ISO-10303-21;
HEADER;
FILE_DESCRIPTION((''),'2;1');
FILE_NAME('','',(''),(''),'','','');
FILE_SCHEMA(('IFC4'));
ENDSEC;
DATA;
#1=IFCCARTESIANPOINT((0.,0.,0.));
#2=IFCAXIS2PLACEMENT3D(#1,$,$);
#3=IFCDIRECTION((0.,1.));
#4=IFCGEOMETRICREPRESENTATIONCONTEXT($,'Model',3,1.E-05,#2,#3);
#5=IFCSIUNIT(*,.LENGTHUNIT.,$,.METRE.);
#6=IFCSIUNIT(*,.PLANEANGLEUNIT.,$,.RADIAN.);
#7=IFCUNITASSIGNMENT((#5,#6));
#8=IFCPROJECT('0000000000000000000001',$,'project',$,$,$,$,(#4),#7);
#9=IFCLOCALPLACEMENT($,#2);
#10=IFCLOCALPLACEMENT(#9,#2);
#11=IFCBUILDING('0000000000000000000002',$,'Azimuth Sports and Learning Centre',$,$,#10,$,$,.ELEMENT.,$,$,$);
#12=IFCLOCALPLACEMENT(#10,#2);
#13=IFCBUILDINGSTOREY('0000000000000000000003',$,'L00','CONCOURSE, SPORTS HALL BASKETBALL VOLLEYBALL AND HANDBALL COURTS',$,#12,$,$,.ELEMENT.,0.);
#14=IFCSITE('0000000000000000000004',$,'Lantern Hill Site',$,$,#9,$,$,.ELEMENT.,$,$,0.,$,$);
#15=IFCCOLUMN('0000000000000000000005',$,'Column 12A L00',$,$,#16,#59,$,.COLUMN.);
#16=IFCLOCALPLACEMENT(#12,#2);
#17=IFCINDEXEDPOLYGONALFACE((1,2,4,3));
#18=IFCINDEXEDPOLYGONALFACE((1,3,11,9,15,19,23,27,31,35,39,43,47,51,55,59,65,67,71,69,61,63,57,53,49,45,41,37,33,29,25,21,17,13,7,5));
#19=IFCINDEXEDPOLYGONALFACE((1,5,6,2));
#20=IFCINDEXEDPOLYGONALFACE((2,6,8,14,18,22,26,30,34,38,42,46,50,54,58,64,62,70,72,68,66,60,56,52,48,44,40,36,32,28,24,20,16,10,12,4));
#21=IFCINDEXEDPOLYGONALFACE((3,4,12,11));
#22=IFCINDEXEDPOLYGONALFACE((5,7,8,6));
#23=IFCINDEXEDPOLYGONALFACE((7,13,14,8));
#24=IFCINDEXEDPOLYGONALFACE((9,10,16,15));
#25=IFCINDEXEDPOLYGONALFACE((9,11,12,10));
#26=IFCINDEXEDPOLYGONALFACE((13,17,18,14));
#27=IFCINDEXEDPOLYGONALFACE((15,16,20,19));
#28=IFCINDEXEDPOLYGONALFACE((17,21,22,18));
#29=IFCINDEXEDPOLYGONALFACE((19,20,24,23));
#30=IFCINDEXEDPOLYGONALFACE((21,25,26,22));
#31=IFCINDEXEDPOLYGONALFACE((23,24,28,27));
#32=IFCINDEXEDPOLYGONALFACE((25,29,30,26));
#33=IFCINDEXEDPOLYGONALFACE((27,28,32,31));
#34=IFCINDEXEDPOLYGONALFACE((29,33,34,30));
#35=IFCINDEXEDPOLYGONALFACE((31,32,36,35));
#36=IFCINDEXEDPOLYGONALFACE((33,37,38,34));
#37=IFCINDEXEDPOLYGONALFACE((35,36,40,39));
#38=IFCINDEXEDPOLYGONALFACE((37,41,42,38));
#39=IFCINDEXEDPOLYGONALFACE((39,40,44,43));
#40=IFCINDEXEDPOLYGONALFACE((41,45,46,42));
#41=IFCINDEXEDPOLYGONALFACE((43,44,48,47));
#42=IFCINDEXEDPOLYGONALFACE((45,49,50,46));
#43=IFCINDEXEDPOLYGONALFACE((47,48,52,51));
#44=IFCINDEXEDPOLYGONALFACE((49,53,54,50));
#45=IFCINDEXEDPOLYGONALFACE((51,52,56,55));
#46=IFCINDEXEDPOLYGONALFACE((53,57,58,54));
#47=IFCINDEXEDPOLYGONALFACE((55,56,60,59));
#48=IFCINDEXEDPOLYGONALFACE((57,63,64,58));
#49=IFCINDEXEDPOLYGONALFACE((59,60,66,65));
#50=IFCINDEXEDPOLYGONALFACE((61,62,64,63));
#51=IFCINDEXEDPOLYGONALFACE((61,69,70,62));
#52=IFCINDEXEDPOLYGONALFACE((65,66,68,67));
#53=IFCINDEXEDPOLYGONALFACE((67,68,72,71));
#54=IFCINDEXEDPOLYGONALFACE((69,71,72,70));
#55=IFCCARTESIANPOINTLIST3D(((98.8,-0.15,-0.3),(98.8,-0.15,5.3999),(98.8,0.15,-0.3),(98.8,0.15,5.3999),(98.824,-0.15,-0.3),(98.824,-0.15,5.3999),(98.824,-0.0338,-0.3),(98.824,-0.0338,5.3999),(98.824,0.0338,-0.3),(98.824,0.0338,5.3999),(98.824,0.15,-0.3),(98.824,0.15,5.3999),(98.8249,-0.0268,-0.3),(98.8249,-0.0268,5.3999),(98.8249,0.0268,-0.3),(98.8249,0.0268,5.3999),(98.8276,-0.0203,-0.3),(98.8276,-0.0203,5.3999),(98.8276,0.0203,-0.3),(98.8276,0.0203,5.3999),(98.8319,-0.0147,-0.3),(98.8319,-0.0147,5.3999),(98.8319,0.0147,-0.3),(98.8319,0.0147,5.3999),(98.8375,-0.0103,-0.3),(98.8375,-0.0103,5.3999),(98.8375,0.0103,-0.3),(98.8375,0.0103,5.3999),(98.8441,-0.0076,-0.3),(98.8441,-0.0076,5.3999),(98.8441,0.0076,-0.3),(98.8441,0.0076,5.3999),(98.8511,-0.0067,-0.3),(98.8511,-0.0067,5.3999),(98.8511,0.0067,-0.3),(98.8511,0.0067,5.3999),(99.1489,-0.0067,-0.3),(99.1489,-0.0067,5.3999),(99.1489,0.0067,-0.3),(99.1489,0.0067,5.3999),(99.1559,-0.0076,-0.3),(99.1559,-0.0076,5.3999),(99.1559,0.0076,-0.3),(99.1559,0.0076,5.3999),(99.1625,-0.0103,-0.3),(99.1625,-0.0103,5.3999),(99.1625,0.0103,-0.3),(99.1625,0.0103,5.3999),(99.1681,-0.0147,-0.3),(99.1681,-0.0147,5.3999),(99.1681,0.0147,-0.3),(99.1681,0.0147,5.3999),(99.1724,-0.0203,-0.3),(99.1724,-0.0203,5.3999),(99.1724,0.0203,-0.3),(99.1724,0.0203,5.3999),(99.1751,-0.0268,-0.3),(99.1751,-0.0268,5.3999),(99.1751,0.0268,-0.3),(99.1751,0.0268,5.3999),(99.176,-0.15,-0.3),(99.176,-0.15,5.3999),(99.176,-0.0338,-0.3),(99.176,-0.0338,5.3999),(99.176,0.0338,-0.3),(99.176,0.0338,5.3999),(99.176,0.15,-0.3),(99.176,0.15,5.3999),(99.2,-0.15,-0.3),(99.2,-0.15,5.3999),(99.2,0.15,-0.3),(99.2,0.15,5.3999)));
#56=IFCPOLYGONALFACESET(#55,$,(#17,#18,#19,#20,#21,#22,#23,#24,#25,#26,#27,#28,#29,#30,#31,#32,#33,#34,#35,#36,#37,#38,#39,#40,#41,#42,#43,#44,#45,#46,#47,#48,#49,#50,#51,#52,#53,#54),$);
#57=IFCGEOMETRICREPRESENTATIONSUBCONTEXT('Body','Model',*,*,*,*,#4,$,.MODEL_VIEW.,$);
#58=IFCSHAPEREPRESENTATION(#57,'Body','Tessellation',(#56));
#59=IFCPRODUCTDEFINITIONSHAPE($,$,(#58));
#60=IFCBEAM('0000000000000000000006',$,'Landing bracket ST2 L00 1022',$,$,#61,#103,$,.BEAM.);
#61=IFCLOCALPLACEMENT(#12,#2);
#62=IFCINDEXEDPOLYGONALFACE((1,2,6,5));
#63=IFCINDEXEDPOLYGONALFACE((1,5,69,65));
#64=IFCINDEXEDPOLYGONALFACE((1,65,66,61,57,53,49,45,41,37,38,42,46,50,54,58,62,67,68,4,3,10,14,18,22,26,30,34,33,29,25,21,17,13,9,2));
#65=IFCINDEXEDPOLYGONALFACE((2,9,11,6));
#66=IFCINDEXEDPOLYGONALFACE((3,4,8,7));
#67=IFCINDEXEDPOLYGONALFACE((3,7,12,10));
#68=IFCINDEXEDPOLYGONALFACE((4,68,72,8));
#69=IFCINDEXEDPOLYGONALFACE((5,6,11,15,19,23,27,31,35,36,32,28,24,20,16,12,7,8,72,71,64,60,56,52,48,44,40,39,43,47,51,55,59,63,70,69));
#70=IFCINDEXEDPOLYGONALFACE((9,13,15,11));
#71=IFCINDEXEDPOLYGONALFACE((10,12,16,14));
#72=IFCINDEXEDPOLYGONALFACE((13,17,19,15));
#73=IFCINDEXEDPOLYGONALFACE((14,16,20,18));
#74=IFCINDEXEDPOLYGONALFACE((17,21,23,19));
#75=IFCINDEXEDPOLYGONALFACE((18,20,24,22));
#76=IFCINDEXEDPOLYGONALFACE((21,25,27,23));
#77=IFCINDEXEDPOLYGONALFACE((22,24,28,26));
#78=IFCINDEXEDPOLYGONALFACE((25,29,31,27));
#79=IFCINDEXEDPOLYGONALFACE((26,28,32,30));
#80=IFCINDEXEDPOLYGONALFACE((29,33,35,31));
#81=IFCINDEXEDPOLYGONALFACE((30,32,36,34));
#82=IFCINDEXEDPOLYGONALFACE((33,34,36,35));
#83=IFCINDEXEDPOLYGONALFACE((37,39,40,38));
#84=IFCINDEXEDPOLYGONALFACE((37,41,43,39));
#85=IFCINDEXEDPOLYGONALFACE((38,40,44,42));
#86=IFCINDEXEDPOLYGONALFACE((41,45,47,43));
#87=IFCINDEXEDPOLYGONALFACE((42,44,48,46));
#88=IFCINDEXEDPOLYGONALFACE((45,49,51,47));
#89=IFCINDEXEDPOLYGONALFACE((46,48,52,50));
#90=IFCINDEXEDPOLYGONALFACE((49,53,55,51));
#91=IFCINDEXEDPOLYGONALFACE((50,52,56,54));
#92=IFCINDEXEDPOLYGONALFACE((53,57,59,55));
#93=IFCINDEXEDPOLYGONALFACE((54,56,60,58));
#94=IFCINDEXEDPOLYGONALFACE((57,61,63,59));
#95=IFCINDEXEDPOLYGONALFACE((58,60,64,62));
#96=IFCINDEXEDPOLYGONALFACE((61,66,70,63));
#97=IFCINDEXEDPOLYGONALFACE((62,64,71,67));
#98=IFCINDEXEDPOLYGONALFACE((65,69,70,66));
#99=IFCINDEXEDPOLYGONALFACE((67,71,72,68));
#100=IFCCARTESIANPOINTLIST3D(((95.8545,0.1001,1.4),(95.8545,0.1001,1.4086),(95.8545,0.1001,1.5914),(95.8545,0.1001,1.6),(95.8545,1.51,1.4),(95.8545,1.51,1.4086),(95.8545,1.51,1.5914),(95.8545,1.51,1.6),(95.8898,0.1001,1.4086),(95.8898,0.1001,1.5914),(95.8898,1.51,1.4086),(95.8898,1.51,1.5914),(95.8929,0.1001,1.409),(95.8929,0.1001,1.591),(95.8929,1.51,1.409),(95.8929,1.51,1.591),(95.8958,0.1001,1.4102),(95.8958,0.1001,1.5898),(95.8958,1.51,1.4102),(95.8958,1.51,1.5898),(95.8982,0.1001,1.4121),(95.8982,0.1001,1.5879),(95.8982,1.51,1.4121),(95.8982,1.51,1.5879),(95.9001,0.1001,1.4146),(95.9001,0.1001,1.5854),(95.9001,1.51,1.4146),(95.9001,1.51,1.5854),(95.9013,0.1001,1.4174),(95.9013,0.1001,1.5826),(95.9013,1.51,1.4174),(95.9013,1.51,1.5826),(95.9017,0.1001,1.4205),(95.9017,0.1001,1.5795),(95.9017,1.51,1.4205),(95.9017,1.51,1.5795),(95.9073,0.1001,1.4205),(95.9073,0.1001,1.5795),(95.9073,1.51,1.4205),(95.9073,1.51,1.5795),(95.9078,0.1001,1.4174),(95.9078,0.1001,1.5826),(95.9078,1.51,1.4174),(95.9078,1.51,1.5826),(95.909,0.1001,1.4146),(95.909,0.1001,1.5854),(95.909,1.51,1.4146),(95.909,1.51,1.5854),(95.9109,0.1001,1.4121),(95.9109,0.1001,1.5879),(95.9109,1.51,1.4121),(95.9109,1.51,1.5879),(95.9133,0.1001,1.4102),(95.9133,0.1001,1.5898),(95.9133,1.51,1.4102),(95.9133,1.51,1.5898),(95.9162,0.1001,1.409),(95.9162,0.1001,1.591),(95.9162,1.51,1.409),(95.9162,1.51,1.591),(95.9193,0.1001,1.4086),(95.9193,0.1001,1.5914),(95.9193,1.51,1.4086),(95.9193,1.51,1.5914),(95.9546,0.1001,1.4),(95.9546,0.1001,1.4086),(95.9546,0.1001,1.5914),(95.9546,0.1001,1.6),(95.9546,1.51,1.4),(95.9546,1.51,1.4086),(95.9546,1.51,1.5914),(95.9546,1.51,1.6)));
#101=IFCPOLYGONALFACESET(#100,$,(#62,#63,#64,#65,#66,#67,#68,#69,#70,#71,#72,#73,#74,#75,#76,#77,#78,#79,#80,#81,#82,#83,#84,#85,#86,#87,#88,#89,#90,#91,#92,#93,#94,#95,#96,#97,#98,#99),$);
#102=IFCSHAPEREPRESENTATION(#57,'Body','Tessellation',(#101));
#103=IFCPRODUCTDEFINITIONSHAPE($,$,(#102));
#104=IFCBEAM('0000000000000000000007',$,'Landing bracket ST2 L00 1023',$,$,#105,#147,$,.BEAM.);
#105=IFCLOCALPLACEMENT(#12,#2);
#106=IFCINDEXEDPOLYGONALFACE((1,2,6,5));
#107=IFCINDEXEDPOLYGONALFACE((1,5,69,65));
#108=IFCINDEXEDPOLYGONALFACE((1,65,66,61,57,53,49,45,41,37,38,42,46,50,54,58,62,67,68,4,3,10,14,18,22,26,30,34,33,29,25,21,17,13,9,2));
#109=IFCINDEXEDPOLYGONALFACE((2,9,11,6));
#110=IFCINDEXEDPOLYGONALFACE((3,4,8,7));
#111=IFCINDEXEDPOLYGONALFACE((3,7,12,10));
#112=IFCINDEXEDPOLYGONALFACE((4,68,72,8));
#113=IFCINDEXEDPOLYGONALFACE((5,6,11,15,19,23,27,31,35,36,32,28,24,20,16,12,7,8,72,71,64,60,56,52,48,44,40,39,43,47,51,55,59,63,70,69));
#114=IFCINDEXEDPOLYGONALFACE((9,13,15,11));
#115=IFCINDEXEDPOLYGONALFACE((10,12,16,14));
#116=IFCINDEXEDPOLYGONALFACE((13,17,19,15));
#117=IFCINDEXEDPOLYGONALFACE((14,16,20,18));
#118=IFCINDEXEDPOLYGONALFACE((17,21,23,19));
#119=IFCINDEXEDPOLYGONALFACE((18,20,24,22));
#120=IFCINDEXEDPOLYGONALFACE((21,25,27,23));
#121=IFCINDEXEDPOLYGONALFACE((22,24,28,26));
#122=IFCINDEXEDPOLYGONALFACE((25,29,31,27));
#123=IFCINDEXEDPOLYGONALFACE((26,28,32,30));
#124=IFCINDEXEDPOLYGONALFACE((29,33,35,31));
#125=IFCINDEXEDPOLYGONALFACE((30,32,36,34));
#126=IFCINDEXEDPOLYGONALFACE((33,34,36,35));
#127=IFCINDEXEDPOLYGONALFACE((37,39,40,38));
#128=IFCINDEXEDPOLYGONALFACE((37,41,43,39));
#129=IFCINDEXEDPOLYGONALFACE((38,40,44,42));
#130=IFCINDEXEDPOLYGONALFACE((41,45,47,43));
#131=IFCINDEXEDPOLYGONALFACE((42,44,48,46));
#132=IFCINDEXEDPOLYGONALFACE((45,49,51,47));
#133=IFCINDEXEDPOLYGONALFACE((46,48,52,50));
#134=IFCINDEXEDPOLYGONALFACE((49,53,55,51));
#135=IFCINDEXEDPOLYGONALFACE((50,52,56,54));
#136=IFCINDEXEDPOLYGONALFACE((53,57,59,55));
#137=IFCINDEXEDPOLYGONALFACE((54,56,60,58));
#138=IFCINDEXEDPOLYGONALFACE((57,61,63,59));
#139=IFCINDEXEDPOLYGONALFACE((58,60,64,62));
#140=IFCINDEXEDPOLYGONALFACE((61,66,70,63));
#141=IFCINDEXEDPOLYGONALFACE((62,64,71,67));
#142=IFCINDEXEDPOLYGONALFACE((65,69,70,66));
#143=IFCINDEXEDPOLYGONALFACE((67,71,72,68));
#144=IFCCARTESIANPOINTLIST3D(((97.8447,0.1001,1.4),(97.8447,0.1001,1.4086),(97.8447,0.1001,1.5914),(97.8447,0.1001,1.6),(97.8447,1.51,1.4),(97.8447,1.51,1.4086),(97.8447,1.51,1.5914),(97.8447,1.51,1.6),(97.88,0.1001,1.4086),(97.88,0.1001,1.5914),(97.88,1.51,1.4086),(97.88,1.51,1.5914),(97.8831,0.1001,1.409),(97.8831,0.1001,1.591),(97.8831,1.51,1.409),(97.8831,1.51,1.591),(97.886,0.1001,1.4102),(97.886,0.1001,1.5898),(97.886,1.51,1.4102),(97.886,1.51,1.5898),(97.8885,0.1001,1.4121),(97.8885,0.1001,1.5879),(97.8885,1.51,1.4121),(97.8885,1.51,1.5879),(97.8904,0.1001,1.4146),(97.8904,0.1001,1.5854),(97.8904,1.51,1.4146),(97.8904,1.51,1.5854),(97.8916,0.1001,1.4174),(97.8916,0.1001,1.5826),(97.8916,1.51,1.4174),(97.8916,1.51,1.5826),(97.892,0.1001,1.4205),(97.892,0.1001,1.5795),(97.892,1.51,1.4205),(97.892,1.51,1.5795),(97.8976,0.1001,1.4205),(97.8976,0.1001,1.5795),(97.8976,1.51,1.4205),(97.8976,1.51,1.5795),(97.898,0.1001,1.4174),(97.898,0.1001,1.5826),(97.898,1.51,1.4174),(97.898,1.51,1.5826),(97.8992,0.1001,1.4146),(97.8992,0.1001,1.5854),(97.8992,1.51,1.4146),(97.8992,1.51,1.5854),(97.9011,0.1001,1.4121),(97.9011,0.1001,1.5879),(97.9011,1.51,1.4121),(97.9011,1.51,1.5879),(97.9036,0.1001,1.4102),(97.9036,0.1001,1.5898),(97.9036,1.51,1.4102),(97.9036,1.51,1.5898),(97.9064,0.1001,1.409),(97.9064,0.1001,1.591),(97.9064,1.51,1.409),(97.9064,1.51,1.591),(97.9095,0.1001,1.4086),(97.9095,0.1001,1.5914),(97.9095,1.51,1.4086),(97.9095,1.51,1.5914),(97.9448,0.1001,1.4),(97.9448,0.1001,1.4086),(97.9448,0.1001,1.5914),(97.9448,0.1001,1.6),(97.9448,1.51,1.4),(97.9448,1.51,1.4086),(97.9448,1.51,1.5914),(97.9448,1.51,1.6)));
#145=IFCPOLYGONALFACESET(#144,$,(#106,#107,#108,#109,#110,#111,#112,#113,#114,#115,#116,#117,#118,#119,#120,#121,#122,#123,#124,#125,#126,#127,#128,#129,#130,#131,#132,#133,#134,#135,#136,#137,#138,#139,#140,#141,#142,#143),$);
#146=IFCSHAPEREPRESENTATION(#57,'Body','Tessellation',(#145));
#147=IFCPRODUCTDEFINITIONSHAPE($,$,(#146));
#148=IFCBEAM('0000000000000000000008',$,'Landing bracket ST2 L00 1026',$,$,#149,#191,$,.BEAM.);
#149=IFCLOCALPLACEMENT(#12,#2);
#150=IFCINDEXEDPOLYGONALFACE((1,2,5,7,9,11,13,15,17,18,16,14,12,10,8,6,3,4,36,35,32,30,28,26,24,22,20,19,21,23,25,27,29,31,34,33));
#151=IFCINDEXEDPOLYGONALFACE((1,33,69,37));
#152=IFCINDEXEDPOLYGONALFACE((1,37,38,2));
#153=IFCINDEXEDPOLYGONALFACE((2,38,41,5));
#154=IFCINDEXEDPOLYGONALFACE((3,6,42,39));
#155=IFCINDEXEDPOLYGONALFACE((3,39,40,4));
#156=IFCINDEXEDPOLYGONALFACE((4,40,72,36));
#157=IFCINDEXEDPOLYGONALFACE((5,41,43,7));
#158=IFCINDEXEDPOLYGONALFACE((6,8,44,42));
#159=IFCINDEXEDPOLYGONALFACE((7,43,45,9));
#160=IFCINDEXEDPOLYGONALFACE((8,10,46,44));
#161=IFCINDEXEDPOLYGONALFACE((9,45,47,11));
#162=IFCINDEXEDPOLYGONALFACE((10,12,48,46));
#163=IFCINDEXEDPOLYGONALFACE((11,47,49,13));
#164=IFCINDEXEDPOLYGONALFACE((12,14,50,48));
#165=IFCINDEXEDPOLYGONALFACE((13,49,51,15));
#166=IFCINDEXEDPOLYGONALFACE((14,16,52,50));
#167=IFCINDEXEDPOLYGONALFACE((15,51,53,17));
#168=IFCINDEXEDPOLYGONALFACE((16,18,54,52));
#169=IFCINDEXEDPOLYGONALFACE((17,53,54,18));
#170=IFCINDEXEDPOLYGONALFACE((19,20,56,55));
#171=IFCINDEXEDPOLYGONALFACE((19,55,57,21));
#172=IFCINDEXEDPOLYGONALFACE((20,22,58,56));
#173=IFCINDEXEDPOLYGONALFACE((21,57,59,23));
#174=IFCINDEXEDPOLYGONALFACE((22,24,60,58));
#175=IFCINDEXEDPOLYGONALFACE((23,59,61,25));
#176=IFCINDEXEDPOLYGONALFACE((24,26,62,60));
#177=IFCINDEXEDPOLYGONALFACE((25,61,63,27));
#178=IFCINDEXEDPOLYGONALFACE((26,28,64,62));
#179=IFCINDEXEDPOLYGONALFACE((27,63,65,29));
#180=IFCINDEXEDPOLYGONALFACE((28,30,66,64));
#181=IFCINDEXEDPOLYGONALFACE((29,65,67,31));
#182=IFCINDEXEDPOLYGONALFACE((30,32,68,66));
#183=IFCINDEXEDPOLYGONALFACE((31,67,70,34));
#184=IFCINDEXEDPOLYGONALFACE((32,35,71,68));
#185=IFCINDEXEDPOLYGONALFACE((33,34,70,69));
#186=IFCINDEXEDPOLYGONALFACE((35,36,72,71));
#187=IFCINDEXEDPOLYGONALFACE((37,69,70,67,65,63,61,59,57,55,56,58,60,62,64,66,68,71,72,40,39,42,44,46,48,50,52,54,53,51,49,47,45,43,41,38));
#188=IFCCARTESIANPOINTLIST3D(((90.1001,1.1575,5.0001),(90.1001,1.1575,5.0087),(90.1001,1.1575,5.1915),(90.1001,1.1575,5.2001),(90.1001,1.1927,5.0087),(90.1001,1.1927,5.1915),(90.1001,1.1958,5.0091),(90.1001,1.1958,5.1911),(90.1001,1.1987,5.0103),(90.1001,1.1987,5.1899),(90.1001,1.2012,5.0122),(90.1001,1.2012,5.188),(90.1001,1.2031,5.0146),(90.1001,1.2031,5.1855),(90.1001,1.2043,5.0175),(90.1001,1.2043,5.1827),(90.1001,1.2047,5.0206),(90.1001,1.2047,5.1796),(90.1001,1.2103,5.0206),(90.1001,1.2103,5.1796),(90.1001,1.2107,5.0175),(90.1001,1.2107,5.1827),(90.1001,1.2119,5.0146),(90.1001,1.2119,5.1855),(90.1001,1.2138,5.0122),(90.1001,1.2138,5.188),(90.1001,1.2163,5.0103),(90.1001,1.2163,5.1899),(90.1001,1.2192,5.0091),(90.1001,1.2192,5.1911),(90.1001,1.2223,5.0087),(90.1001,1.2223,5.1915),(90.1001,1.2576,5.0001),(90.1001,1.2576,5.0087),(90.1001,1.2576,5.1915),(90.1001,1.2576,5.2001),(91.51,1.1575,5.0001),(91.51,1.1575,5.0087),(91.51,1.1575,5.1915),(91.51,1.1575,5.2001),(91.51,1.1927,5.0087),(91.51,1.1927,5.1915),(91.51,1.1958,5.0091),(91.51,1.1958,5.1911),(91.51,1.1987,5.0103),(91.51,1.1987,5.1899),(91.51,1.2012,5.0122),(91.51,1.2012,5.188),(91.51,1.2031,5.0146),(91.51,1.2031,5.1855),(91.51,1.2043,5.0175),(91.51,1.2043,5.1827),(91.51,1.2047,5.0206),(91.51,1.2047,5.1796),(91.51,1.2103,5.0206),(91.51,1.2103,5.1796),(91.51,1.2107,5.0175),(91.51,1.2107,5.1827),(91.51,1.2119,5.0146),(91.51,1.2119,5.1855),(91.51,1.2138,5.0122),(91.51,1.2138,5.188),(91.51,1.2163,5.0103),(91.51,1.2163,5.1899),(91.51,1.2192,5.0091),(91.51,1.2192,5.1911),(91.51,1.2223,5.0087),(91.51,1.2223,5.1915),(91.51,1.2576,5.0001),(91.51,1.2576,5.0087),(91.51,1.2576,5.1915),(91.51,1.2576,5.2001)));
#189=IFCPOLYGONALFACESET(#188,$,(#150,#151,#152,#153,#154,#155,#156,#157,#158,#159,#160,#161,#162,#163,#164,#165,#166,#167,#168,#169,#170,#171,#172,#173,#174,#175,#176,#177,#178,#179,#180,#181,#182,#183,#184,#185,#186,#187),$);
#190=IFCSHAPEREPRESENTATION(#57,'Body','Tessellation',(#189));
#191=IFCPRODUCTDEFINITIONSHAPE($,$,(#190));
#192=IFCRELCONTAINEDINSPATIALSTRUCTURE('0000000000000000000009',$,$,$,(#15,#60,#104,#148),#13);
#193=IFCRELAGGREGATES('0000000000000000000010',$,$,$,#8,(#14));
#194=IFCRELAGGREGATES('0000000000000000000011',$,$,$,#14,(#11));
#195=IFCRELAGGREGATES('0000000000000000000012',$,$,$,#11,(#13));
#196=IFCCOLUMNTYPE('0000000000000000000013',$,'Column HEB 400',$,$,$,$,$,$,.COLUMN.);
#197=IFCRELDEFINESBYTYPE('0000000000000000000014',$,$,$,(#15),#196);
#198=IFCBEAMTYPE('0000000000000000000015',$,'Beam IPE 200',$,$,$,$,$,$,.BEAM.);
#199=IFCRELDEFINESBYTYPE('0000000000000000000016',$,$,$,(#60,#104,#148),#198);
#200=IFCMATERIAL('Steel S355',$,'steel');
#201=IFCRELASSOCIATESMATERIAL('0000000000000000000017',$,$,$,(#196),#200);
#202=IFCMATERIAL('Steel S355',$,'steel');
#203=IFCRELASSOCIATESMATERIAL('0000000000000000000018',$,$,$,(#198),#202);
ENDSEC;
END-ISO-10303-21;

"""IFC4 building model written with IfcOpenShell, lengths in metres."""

from ifc_helpers import new_model, si_unit, direction, frame, origin, origin_2d, place, context, subcontext, project, spatial, i_section, extrude, material, material_profile, profile_set, type_object, element, save


model = new_model("IFC4")

# Units and contexts
model_context = context("Model", 3, precision=1e-05, world=origin(), true_north=direction((0.0, 1.0)))
body_context = subcontext(model_context, "Body", "Model", "MODEL_VIEW")
ifc_project = project(units=[si_unit("LENGTHUNIT", "METRE"), si_unit("PLANEANGLEUNIT", "RADIAN")], contexts=[model_context])

# Site, building, storey
site_placement = place(None, origin())
site = spatial("IfcSite", under=ifc_project, at=site_placement, Name="Lantern Hill Site", CompositionType="ELEMENT", RefElevation=0.0)
building_placement = place(site_placement, origin())
building = spatial("IfcBuilding", under=site, at=building_placement, Name="Azimuth Sports and Learning Centre", CompositionType="ELEMENT")
storey_placement = place(building_placement, origin())
storey = spatial("IfcBuildingStorey", under=building, at=storey_placement, Name="L00", Description="CONCOURSE, SPORTS HALL BASKETBALL VOLLEYBALL AND HANDBALL COURTS", CompositionType="ELEMENT", Elevation=0.0)

# Column
ifc_material_1 = material(Name="Steel S355", Category="steel")
ifc_material_profile_1 = material_profile(ifc_material_1, i_section(OverallWidth=0.3, OverallDepth=0.3999, WebThickness=0.0134, FlangeThickness=0.0239, FilletRadius=0.0271, at=origin_2d()), Name="HEB 400")
ifc_profile_set_1 = profile_set([ifc_material_profile_1], Name="Steel S355")
column_type = type_object("IfcColumnType", Name="Column HEB 400", PredefinedType="COLUMN", material=ifc_profile_set_1)
for number, where, z_axis, x_axis, name in (
    (1, (99.0, 0.0, -0.3), (0.0, 0.0, 1.0), (0.0, 1.0, 0.0), "Column 12A L00"),
):
    element("IfcColumn", number, at=place(storey_placement, frame(where, z_axis=z_axis, x_axis=x_axis)), inside=storey, type_object=column_type, Name=name, PredefinedType="COLUMN", context=body_context, shape_type="SweptSolid", body=[
        extrude(i_section(OverallWidth=0.3, OverallDepth=0.3999, WebThickness=0.0134, FlangeThickness=0.0239, FilletRadius=0.0271, at=origin_2d()), origin(), (0.0, 0.0, 1.0), 5.7),
    ])

# Beams
ifc_material_2 = material(Name="Steel S355", Category="steel")
ifc_material_profile_2 = material_profile(ifc_material_2, i_section(OverallWidth=0.1001, OverallDepth=0.2, WebThickness=0.0056, FlangeThickness=0.0085, FilletRadius=0.012, at=origin_2d()), Name="IPE 200")
ifc_profile_set_2 = profile_set([ifc_material_profile_2], Name="Steel S355")
beam_type = type_object("IfcBeamType", Name="Beam IPE 200", PredefinedType="BEAM", material=ifc_profile_set_2)
for number, where, z_axis, x_axis, name in (
    (2, (95.9045, 0.1001, 1.5), (0.0, 1.0, 0.0), (-1.0, 0.0, 0.0), "Landing bracket ST2 L00 1022"),
    (3, (97.8948, 0.1001, 1.5), (0.0, 1.0, 0.0), (-1.0, 0.0, 0.0), "Landing bracket ST2 L00 1023"),
    (4, (90.1001, 1.2075, 5.1001), (1.0, 0.0, 0.0), (0.0, 1.0, 0.0), "Landing bracket ST2 L00 1026"),
):
    element("IfcBeam", number, at=place(storey_placement, frame(where, z_axis=z_axis, x_axis=x_axis)), inside=storey, type_object=beam_type, Name=name, PredefinedType="BEAM", context=body_context, shape_type="SweptSolid", body=[
        extrude(i_section(OverallWidth=0.1001, OverallDepth=0.2, WebThickness=0.0056, FlangeThickness=0.0085, FilletRadius=0.012, at=origin_2d()), origin(), (0.0, 0.0, 1.0), 1.4099),
    ])

save(model, "model.ifc")
